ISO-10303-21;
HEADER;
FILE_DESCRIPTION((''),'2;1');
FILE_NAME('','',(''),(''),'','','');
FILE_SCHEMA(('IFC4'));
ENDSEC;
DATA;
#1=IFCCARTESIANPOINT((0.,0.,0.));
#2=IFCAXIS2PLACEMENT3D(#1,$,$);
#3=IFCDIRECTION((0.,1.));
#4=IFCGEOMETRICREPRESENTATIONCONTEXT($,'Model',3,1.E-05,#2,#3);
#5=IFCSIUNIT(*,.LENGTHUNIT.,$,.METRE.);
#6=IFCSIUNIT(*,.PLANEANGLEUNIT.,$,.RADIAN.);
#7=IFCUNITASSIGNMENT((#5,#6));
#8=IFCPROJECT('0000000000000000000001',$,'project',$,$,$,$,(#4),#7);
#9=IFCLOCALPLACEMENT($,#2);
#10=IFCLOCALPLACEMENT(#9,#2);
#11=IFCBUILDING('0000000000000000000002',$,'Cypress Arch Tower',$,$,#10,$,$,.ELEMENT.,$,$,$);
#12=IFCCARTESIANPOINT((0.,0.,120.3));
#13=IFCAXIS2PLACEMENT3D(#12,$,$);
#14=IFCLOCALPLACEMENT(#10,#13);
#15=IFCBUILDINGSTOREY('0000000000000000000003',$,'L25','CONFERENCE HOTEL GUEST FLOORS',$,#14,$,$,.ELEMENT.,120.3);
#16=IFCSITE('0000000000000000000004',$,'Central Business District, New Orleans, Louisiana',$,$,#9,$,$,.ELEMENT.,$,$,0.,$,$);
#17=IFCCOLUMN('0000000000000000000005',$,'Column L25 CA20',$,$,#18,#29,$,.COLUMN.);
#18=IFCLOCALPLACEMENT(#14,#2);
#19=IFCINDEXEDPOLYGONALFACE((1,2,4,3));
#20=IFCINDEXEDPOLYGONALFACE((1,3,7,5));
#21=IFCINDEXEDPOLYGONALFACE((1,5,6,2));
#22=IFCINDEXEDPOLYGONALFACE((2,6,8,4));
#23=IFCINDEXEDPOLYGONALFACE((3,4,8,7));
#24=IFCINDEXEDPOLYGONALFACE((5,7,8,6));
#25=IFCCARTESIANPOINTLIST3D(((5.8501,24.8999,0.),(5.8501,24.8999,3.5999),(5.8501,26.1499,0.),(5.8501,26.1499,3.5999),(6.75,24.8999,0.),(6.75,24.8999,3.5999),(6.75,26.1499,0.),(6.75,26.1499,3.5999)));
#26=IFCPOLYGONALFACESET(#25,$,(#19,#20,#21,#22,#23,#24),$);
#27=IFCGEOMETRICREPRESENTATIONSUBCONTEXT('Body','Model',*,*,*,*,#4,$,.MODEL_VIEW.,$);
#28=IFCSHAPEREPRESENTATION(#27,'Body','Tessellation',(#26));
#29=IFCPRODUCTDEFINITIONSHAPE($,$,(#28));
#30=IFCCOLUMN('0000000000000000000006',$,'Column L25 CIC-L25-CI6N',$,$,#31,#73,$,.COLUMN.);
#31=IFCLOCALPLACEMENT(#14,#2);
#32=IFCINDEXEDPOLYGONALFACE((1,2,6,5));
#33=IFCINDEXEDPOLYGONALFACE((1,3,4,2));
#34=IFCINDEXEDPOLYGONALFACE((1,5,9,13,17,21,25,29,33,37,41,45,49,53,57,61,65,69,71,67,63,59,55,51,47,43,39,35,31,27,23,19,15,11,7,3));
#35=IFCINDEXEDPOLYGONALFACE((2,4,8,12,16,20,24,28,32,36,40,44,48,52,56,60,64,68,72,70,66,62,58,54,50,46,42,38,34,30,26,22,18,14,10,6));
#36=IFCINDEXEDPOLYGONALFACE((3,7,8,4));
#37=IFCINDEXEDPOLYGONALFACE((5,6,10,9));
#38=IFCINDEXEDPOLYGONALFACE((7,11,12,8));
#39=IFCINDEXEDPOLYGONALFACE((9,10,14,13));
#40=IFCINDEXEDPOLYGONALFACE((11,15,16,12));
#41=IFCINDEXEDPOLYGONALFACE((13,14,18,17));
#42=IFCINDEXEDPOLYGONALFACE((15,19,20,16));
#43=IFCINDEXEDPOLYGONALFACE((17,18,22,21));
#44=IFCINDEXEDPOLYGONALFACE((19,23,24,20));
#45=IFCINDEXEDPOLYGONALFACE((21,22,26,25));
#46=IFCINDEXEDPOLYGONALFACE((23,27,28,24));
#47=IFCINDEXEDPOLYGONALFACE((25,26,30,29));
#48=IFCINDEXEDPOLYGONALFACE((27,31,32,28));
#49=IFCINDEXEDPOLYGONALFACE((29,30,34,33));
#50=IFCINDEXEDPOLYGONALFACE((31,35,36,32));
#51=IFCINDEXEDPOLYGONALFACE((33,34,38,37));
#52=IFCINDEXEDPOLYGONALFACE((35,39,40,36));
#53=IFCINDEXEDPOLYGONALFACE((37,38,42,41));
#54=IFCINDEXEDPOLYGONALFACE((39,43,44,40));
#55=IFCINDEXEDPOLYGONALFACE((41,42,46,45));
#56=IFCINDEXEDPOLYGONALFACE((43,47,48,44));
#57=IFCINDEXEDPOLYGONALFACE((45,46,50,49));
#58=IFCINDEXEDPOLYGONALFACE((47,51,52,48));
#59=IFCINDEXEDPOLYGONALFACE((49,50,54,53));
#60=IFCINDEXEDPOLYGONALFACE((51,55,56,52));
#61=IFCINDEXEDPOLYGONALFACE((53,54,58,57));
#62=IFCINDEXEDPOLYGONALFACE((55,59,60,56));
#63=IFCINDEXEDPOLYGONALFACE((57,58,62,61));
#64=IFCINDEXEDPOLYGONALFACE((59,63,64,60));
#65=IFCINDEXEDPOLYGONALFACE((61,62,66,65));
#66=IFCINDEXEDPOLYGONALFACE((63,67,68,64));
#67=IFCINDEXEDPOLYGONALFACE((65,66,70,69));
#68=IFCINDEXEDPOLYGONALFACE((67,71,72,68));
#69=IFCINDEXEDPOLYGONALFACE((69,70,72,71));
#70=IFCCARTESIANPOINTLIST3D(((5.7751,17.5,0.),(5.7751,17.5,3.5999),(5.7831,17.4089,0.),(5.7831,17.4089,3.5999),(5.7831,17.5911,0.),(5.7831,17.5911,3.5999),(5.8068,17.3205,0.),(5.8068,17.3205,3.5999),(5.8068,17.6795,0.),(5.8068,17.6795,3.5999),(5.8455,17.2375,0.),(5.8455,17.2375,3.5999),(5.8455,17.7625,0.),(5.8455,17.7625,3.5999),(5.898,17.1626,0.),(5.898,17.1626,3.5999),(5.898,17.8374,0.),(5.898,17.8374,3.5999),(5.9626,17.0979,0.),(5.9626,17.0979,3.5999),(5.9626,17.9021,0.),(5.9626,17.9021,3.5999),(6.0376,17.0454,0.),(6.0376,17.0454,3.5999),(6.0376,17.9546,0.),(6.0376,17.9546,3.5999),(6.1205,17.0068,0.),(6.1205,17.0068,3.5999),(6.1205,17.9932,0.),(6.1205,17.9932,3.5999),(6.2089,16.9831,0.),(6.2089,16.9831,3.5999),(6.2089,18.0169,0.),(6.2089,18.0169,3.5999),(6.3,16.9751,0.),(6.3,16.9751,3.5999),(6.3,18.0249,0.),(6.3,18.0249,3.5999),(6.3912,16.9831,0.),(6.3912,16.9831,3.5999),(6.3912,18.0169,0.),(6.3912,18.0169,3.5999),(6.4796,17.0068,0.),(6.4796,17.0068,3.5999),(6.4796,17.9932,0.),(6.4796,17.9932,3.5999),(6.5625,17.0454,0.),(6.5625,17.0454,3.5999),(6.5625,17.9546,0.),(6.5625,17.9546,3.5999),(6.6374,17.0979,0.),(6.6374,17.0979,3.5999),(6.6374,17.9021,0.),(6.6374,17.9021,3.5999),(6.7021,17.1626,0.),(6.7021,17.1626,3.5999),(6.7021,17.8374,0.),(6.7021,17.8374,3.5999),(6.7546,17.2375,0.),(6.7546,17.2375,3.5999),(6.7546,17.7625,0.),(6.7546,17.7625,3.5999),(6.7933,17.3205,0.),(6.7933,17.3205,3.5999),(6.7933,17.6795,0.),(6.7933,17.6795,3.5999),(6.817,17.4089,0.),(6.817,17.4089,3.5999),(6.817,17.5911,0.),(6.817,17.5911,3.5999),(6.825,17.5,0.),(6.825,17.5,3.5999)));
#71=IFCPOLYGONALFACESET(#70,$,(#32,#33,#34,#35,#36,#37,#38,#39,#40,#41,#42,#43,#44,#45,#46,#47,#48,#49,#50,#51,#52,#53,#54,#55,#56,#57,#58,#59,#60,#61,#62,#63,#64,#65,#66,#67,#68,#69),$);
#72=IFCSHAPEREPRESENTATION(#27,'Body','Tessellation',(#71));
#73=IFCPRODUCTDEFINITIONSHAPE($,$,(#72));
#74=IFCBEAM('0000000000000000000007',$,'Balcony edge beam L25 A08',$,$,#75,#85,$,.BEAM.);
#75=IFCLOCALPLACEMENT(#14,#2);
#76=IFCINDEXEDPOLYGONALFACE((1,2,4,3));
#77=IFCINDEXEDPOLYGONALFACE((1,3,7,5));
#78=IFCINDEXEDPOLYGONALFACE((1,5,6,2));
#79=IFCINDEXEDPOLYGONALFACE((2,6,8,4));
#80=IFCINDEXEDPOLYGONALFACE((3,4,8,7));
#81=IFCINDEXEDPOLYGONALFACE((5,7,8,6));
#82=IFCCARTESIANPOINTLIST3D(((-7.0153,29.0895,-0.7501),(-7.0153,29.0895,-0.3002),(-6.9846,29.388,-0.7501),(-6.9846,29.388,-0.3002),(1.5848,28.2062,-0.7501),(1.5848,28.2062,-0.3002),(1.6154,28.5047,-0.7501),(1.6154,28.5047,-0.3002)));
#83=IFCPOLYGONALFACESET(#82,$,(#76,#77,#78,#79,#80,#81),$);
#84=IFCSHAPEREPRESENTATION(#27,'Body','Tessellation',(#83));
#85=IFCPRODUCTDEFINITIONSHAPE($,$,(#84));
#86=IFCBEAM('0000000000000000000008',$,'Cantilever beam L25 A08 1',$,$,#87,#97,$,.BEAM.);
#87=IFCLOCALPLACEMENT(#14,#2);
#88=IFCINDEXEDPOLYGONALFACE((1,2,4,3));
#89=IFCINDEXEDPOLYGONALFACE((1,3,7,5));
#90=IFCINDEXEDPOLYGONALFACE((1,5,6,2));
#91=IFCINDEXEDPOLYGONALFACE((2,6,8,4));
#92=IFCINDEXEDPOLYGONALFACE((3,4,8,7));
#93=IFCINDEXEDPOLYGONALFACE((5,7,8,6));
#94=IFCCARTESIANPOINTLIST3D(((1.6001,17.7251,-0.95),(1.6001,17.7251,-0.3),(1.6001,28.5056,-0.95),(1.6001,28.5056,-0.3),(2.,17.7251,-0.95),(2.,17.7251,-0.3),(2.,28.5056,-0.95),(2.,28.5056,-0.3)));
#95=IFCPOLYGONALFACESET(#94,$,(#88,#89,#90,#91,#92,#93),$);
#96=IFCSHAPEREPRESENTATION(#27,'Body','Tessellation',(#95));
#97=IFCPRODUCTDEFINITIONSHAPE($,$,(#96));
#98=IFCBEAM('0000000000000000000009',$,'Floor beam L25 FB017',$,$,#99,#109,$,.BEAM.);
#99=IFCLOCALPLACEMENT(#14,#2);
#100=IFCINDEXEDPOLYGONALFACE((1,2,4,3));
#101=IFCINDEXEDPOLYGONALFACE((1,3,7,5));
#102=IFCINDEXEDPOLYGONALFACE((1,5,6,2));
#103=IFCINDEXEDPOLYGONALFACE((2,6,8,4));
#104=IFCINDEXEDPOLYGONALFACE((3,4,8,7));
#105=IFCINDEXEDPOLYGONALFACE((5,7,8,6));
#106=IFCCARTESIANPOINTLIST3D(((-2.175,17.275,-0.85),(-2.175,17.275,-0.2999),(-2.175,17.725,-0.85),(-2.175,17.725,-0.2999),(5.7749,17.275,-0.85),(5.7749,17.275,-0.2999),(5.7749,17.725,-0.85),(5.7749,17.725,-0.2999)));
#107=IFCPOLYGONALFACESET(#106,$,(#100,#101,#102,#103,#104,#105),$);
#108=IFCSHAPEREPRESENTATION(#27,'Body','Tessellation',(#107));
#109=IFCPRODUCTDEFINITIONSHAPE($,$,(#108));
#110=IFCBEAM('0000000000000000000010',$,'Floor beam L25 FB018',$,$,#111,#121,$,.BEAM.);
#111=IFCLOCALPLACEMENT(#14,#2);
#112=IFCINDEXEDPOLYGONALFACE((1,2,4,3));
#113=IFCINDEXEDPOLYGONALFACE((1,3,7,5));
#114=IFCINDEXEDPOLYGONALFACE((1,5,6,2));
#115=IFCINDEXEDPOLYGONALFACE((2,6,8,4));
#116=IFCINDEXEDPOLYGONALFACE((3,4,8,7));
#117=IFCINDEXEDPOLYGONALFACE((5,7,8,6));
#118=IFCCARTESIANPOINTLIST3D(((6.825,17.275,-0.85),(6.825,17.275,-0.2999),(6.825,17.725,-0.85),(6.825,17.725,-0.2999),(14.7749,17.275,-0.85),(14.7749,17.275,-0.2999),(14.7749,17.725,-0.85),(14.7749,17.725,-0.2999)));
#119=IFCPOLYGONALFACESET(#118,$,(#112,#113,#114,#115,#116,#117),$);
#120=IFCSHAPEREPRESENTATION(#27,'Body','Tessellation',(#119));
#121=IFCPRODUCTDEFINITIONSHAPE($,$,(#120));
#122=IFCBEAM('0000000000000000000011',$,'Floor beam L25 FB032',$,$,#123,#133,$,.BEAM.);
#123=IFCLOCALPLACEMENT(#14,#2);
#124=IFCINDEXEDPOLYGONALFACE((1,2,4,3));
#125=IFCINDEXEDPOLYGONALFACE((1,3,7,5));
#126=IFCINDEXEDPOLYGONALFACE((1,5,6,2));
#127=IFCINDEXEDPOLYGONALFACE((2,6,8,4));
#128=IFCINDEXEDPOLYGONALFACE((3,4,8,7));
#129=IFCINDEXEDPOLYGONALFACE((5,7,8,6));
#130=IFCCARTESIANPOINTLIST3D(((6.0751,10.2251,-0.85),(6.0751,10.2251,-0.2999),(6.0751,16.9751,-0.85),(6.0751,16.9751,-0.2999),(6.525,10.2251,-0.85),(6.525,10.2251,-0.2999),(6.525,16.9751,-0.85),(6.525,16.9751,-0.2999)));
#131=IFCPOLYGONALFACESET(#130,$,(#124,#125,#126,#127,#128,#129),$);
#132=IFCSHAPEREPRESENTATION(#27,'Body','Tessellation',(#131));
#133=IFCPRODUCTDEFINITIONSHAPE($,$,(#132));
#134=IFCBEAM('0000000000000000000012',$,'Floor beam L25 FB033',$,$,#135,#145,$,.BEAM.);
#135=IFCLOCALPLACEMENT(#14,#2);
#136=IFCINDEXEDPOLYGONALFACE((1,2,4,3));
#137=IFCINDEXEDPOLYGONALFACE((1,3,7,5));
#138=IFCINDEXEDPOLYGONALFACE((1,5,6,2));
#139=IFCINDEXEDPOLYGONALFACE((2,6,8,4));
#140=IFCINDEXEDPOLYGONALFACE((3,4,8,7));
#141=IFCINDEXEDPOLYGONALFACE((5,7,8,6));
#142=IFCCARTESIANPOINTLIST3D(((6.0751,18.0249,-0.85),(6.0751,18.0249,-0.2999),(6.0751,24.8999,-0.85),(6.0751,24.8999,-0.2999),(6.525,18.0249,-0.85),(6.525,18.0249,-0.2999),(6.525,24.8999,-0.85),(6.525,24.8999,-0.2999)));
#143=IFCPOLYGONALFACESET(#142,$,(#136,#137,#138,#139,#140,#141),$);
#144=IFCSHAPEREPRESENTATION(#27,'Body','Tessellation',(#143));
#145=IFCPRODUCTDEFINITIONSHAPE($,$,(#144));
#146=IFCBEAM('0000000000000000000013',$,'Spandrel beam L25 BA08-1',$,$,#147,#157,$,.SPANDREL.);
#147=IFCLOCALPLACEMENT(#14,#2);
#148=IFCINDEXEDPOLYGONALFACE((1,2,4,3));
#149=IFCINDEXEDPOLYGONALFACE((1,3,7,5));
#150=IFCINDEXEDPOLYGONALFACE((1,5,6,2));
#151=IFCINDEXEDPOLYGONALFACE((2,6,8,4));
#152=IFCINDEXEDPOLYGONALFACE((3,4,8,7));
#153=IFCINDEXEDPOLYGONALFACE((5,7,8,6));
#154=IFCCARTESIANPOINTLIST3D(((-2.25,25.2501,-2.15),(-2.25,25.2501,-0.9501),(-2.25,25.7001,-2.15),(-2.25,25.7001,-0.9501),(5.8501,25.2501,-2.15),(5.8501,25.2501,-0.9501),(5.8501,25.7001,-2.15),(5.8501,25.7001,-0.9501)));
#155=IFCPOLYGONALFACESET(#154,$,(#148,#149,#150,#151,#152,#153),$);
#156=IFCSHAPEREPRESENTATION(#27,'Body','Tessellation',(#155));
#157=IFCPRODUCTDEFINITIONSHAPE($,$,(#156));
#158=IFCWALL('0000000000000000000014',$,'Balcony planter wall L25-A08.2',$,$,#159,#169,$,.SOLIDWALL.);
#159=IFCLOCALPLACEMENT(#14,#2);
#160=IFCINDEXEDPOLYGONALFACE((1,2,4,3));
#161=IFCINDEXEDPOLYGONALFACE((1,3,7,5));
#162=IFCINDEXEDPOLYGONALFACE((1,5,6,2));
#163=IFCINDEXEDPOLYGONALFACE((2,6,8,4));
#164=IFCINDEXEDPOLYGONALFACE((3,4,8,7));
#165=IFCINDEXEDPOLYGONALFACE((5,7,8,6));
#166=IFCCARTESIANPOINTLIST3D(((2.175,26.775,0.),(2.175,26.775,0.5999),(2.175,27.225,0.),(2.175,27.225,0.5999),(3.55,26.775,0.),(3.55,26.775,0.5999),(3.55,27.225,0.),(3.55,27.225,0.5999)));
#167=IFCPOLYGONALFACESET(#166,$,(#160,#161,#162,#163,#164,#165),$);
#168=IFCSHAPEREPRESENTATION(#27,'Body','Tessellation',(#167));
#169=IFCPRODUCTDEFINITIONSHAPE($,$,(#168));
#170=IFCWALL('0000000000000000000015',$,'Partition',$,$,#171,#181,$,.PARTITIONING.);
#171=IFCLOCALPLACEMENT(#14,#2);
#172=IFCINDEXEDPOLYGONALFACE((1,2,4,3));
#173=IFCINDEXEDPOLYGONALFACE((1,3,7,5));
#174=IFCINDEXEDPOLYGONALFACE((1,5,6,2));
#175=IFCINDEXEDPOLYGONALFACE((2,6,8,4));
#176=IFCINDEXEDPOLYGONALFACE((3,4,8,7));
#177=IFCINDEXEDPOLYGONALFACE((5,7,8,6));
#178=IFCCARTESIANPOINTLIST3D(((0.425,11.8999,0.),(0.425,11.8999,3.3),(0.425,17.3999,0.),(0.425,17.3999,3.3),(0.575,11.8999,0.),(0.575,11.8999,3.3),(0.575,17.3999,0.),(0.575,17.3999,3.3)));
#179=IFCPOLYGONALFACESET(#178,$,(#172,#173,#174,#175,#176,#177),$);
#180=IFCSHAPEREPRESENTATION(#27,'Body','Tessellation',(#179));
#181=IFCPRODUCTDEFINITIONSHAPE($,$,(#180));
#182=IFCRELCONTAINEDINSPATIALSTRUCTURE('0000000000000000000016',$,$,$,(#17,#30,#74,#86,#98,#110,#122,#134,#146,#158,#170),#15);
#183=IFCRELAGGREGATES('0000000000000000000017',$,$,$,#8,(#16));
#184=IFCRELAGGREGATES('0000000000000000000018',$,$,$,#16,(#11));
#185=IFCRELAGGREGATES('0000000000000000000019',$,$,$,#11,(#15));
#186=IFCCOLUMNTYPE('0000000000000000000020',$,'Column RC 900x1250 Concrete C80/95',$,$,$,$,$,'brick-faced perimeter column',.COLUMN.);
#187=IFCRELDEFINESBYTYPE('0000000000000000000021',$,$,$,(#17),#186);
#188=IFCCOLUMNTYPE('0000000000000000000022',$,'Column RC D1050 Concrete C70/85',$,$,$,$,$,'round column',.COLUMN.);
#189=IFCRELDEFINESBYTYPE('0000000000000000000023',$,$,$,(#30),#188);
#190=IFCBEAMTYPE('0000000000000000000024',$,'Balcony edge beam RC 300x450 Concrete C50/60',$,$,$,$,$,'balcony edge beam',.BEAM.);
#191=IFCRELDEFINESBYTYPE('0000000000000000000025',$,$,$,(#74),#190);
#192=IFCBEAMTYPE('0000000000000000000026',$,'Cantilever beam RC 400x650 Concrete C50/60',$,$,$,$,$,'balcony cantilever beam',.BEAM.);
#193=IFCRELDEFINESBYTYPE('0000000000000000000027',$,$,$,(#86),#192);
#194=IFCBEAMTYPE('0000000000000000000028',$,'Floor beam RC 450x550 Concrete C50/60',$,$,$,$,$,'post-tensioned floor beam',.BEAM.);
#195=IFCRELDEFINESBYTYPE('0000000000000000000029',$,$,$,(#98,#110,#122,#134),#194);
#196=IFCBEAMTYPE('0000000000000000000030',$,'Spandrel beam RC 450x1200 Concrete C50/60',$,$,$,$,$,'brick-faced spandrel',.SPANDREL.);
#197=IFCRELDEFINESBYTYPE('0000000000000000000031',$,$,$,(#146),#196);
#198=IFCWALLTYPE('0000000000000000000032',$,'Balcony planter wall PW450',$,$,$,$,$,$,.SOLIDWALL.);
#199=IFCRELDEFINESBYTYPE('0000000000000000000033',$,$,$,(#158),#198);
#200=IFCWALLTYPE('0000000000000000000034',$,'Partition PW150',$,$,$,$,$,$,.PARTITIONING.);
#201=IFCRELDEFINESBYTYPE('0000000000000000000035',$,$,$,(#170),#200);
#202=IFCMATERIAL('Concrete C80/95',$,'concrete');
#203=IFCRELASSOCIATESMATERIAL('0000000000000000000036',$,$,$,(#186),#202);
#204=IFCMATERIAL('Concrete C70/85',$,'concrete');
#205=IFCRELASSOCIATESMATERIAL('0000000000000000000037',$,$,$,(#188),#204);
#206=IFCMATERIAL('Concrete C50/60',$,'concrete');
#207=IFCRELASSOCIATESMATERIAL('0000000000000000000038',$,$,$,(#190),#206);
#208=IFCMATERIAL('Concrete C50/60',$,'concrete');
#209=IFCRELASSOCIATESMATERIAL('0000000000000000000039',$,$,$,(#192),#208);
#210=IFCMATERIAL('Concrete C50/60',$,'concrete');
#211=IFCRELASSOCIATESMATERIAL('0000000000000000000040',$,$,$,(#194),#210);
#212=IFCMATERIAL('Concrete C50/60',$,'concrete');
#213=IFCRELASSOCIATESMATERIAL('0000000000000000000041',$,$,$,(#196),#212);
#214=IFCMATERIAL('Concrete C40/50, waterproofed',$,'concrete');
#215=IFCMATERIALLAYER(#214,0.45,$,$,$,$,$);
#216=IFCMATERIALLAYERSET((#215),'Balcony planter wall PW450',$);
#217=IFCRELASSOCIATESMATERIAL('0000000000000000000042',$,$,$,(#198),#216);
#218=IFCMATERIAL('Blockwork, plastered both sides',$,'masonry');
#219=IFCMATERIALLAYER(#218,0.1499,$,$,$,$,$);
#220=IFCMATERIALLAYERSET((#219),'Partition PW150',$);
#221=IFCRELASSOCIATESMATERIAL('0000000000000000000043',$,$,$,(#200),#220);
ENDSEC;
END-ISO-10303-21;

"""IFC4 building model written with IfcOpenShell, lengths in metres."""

from ifc_helpers import new_model, si_unit, direction, frame, frame_2d, origin, origin_2d, place, context, subcontext, project, spatial, rectangle, circle, extrude, material, layer, layer_set, material_profile, profile_set, type_object, element, save


model = new_model("IFC4")

# Units and contexts
model_context = context("Model", 3, precision=1e-05, world=origin(), true_north=direction((0.0, 1.0)))
body_context = subcontext(model_context, "Body", "Model", "MODEL_VIEW")
ifc_project = project(units=[si_unit("LENGTHUNIT", "METRE"), si_unit("PLANEANGLEUNIT", "RADIAN")], contexts=[model_context])

# Site, building, storey
site_placement = place(None, origin())
site = spatial("IfcSite", under=ifc_project, at=site_placement, Name="Central Business District, New Orleans, Louisiana", CompositionType="ELEMENT", RefElevation=0.0)
building_placement = place(site_placement, origin())
building = spatial("IfcBuilding", under=site, at=building_placement, Name="Cypress Arch Tower", CompositionType="ELEMENT")
storey_placement = place(building_placement, frame((0.0, 0.0, 120.3)))
storey = spatial("IfcBuildingStorey", under=building, at=storey_placement, Name="L25", Description="CONFERENCE HOTEL GUEST FLOORS", CompositionType="ELEMENT", Elevation=120.3)

# Columns
ifc_material_1 = material(Name="Concrete C80/95", Category="concrete")
ifc_material_profile_1 = material_profile(ifc_material_1, rectangle(XDim=0.8999, YDim=1.25, at=origin_2d()), Name="RC 900x1250")
ifc_profile_set_1 = profile_set([ifc_material_profile_1], Name="Concrete C80/95")
column_type_1 = type_object("IfcColumnType", Name="Column RC 900x1250 Concrete C80/95", ElementType="brick-faced perimeter column", PredefinedType="COLUMN", material=ifc_profile_set_1)
column_1_placement = place(storey_placement, frame((6.3, 25.5249, 0.0), z_axis=(0.0, 0.0, 1.0), x_axis=(-1.0, 0.0, 0.0)))
element("IfcColumn", 1, at=column_1_placement, inside=storey, type_object=column_type_1, Name="Column L25 CA20", PredefinedType="COLUMN", context=body_context, shape_type="SweptSolid", body=[
    extrude(rectangle(XDim=0.8999, YDim=1.25, at=origin_2d()), origin(), (0.0, 0.0, 1.0), 3.5999),
])
ifc_material_2 = material(Name="Concrete C70/85", Category="concrete")
ifc_material_profile_2 = material_profile(ifc_material_2, circle(Radius=0.5249, at=origin_2d()), Name="RC D1050")
ifc_profile_set_2 = profile_set([ifc_material_profile_2], Name="Concrete C70/85")
column_type_2 = type_object("IfcColumnType", Name="Column RC D1050 Concrete C70/85", ElementType="round column", PredefinedType="COLUMN", material=ifc_profile_set_2)
column_2_placement = place(storey_placement, frame((6.3, 17.5, 0.0), z_axis=(0.0, 0.0, 1.0), x_axis=(1.0, 0.0, 0.0)))
element("IfcColumn", 2, at=column_2_placement, inside=storey, type_object=column_type_2, Name="Column L25 CIC-L25-CI6N", PredefinedType="COLUMN", context=body_context, shape_type="SweptSolid", body=[
    extrude(circle(Radius=0.5249, at=origin_2d()), origin(), (0.0, 0.0, 1.0), 3.5999),
])

# Beams
ifc_material_3 = material(Name="Concrete C50/60", Category="concrete")
ifc_material_profile_3 = material_profile(ifc_material_3, rectangle(XDim=0.3, YDim=0.45, at=origin_2d()), Name="RC 300x450")
ifc_profile_set_3 = profile_set([ifc_material_profile_3], Name="Concrete C50/60")
beam_type_1 = type_object("IfcBeamType", Name="Balcony edge beam RC 300x450 Concrete C50/60", ElementType="balcony edge beam", PredefinedType="BEAM", material=ifc_profile_set_3)
beam_1_placement = place(storey_placement, frame((1.6001, 28.3555, -0.5251), z_axis=(-0.994767, 0.102171, 0.0), x_axis=(-0.102171, -0.994767, 0.0)))
element("IfcBeam", 3, at=beam_1_placement, inside=storey, type_object=beam_type_1, Name="Balcony edge beam L25 A08", PredefinedType="BEAM", context=body_context, shape_type="SweptSolid", body=[
    extrude(rectangle(XDim=0.3, YDim=0.45, at=origin_2d()), origin(), (0.0, 0.0, 1.0), 8.6453),
])
ifc_material_4 = material(Name="Concrete C50/60", Category="concrete")
ifc_material_profile_4 = material_profile(ifc_material_4, rectangle(XDim=0.3999, YDim=0.6499, at=origin_2d()), Name="RC 400x650")
ifc_profile_set_4 = profile_set([ifc_material_profile_4], Name="Concrete C50/60")
beam_type_2 = type_object("IfcBeamType", Name="Cantilever beam RC 400x650 Concrete C50/60", ElementType="balcony cantilever beam", PredefinedType="BEAM", material=ifc_profile_set_4)
beam_2_placement = place(storey_placement, frame((1.8, 17.7251, -0.625), z_axis=(0.0, 1.0, 0.0), x_axis=(-1.0, 0.0, 0.0)))
element("IfcBeam", 4, at=beam_2_placement, inside=storey, type_object=beam_type_2, Name="Cantilever beam L25 A08 1", PredefinedType="BEAM", context=body_context, shape_type="SweptSolid", body=[
    extrude(rectangle(XDim=0.3999, YDim=0.6499, at=origin_2d()), origin(), (0.0, 0.0, 1.0), 10.7805),
])
ifc_material_5 = material(Name="Concrete C50/60", Category="concrete")
ifc_material_profile_5 = material_profile(ifc_material_5, rectangle(XDim=0.45, YDim=0.55, at=origin_2d()), Name="RC 450x550")
ifc_profile_set_5 = profile_set([ifc_material_profile_5], Name="Concrete C50/60")
beam_type_3 = type_object("IfcBeamType", Name="Floor beam RC 450x550 Concrete C50/60", ElementType="post-tensioned floor beam", PredefinedType="BEAM", material=ifc_profile_set_5)
for number, where, z_axis, x_axis, name in (
    (5, (-2.175, 17.5, -0.575), (1.0, 0.0, 0.0), (0.0, 1.0, 0.0), "Floor beam L25 FB017"),
    (6, (6.825, 17.5, -0.575), (1.0, 0.0, 0.0), (0.0, 1.0, 0.0), "Floor beam L25 FB018"),
):
    element("IfcBeam", number, at=place(storey_placement, frame(where, z_axis=z_axis, x_axis=x_axis)), inside=storey, type_object=beam_type_3, Name=name, PredefinedType="BEAM", context=body_context, shape_type="SweptSolid", body=[
        extrude(rectangle(XDim=0.45, YDim=0.55, at=origin_2d()), origin(), (0.0, 0.0, 1.0), 7.95),
    ])
beam_3_placement = place(storey_placement, frame((6.3, 10.2251, -0.575), z_axis=(0.0, 1.0, 0.0), x_axis=(-1.0, 0.0, 0.0)))
element("IfcBeam", 7, at=beam_3_placement, inside=storey, type_object=beam_type_3, Name="Floor beam L25 FB032", PredefinedType="BEAM", context=body_context, shape_type="SweptSolid", body=[
    extrude(rectangle(XDim=0.45, YDim=0.55, at=origin_2d()), origin(), (0.0, 0.0, 1.0), 6.75),
])
beam_4_placement = place(storey_placement, frame((6.3, 18.0249, -0.575), z_axis=(0.0, 1.0, 0.0), x_axis=(-1.0, 0.0, 0.0)))
element("IfcBeam", 8, at=beam_4_placement, inside=storey, type_object=beam_type_3, Name="Floor beam L25 FB033", PredefinedType="BEAM", context=body_context, shape_type="SweptSolid", body=[
    extrude(rectangle(XDim=0.45, YDim=0.55, at=origin_2d()), origin(), (0.0, 0.0, 1.0), 6.875),
])
ifc_material_6 = material(Name="Concrete C50/60", Category="concrete")
ifc_material_profile_6 = material_profile(ifc_material_6, rectangle(XDim=0.45, YDim=1.2, at=origin_2d()), Name="RC 450x1200")
ifc_profile_set_6 = profile_set([ifc_material_profile_6], Name="Concrete C50/60")
beam_type_4 = type_object("IfcBeamType", Name="Spandrel beam RC 450x1200 Concrete C50/60", ElementType="brick-faced spandrel", PredefinedType="SPANDREL", material=ifc_profile_set_6)
beam_5_placement = place(storey_placement, frame((5.8501, 25.4751, -1.55), z_axis=(-1.0, 0.0, 0.0), x_axis=(0.0, -1.0, 0.0)))
element("IfcBeam", 9, at=beam_5_placement, inside=storey, type_object=beam_type_4, Name="Spandrel beam L25 BA08-1", PredefinedType="SPANDREL", context=body_context, shape_type="SweptSolid", body=[
    extrude(rectangle(XDim=0.45, YDim=1.2, at=origin_2d()), origin(), (0.0, 0.0, 1.0), 8.1001),
])

# Wall
ifc_material_7 = material(Name="Concrete C40/50, waterproofed", Category="concrete")
ifc_layer_1 = layer(ifc_material_7, 0.45)
ifc_layer_set_1 = layer_set([ifc_layer_1], Name="Balcony planter wall PW450")
wall_type_1 = type_object("IfcWallType", Name="Balcony planter wall PW450", PredefinedType="SOLIDWALL", material=ifc_layer_set_1)
wall_1_placement = place(storey_placement, frame((3.55, 27.0, 0.0), z_axis=(0.0, 0.0, 1.0), x_axis=(-1.0, 0.0, 0.0)))
element("IfcWall", 10, at=wall_1_placement, inside=storey, type_object=wall_type_1, Name="Balcony planter wall L25-A08.2", PredefinedType="SOLIDWALL", context=body_context, shape_type="SweptSolid", body=[
    extrude(rectangle(XDim=1.375, YDim=0.45, at=frame_2d((0.6875, 0.0))), origin(), (0.0, 0.0, 1.0), 0.5999),
])

# Wall
ifc_material_8 = material(Name="Blockwork, plastered both sides", Category="masonry")
ifc_layer_2 = layer(ifc_material_8, 0.1499)
ifc_layer_set_2 = layer_set([ifc_layer_2], Name="Partition PW150")
wall_type_2 = type_object("IfcWallType", Name="Partition PW150", PredefinedType="PARTITIONING", material=ifc_layer_set_2)
wall_2_placement = place(storey_placement, frame((0.5, 11.8999, 0.0), z_axis=(0.0, 0.0, 1.0), x_axis=(0.0, 1.0, 0.0)))
element("IfcWall", 11, at=wall_2_placement, inside=storey, type_object=wall_type_2, Name="Partition", PredefinedType="PARTITIONING", context=body_context, shape_type="SweptSolid", body=[
    extrude(rectangle(XDim=5.5, YDim=0.1499, at=frame_2d((2.75, 0.0))), origin(), (0.0, 0.0, 1.0), 3.3),
])

save(model, "model.ifc")
